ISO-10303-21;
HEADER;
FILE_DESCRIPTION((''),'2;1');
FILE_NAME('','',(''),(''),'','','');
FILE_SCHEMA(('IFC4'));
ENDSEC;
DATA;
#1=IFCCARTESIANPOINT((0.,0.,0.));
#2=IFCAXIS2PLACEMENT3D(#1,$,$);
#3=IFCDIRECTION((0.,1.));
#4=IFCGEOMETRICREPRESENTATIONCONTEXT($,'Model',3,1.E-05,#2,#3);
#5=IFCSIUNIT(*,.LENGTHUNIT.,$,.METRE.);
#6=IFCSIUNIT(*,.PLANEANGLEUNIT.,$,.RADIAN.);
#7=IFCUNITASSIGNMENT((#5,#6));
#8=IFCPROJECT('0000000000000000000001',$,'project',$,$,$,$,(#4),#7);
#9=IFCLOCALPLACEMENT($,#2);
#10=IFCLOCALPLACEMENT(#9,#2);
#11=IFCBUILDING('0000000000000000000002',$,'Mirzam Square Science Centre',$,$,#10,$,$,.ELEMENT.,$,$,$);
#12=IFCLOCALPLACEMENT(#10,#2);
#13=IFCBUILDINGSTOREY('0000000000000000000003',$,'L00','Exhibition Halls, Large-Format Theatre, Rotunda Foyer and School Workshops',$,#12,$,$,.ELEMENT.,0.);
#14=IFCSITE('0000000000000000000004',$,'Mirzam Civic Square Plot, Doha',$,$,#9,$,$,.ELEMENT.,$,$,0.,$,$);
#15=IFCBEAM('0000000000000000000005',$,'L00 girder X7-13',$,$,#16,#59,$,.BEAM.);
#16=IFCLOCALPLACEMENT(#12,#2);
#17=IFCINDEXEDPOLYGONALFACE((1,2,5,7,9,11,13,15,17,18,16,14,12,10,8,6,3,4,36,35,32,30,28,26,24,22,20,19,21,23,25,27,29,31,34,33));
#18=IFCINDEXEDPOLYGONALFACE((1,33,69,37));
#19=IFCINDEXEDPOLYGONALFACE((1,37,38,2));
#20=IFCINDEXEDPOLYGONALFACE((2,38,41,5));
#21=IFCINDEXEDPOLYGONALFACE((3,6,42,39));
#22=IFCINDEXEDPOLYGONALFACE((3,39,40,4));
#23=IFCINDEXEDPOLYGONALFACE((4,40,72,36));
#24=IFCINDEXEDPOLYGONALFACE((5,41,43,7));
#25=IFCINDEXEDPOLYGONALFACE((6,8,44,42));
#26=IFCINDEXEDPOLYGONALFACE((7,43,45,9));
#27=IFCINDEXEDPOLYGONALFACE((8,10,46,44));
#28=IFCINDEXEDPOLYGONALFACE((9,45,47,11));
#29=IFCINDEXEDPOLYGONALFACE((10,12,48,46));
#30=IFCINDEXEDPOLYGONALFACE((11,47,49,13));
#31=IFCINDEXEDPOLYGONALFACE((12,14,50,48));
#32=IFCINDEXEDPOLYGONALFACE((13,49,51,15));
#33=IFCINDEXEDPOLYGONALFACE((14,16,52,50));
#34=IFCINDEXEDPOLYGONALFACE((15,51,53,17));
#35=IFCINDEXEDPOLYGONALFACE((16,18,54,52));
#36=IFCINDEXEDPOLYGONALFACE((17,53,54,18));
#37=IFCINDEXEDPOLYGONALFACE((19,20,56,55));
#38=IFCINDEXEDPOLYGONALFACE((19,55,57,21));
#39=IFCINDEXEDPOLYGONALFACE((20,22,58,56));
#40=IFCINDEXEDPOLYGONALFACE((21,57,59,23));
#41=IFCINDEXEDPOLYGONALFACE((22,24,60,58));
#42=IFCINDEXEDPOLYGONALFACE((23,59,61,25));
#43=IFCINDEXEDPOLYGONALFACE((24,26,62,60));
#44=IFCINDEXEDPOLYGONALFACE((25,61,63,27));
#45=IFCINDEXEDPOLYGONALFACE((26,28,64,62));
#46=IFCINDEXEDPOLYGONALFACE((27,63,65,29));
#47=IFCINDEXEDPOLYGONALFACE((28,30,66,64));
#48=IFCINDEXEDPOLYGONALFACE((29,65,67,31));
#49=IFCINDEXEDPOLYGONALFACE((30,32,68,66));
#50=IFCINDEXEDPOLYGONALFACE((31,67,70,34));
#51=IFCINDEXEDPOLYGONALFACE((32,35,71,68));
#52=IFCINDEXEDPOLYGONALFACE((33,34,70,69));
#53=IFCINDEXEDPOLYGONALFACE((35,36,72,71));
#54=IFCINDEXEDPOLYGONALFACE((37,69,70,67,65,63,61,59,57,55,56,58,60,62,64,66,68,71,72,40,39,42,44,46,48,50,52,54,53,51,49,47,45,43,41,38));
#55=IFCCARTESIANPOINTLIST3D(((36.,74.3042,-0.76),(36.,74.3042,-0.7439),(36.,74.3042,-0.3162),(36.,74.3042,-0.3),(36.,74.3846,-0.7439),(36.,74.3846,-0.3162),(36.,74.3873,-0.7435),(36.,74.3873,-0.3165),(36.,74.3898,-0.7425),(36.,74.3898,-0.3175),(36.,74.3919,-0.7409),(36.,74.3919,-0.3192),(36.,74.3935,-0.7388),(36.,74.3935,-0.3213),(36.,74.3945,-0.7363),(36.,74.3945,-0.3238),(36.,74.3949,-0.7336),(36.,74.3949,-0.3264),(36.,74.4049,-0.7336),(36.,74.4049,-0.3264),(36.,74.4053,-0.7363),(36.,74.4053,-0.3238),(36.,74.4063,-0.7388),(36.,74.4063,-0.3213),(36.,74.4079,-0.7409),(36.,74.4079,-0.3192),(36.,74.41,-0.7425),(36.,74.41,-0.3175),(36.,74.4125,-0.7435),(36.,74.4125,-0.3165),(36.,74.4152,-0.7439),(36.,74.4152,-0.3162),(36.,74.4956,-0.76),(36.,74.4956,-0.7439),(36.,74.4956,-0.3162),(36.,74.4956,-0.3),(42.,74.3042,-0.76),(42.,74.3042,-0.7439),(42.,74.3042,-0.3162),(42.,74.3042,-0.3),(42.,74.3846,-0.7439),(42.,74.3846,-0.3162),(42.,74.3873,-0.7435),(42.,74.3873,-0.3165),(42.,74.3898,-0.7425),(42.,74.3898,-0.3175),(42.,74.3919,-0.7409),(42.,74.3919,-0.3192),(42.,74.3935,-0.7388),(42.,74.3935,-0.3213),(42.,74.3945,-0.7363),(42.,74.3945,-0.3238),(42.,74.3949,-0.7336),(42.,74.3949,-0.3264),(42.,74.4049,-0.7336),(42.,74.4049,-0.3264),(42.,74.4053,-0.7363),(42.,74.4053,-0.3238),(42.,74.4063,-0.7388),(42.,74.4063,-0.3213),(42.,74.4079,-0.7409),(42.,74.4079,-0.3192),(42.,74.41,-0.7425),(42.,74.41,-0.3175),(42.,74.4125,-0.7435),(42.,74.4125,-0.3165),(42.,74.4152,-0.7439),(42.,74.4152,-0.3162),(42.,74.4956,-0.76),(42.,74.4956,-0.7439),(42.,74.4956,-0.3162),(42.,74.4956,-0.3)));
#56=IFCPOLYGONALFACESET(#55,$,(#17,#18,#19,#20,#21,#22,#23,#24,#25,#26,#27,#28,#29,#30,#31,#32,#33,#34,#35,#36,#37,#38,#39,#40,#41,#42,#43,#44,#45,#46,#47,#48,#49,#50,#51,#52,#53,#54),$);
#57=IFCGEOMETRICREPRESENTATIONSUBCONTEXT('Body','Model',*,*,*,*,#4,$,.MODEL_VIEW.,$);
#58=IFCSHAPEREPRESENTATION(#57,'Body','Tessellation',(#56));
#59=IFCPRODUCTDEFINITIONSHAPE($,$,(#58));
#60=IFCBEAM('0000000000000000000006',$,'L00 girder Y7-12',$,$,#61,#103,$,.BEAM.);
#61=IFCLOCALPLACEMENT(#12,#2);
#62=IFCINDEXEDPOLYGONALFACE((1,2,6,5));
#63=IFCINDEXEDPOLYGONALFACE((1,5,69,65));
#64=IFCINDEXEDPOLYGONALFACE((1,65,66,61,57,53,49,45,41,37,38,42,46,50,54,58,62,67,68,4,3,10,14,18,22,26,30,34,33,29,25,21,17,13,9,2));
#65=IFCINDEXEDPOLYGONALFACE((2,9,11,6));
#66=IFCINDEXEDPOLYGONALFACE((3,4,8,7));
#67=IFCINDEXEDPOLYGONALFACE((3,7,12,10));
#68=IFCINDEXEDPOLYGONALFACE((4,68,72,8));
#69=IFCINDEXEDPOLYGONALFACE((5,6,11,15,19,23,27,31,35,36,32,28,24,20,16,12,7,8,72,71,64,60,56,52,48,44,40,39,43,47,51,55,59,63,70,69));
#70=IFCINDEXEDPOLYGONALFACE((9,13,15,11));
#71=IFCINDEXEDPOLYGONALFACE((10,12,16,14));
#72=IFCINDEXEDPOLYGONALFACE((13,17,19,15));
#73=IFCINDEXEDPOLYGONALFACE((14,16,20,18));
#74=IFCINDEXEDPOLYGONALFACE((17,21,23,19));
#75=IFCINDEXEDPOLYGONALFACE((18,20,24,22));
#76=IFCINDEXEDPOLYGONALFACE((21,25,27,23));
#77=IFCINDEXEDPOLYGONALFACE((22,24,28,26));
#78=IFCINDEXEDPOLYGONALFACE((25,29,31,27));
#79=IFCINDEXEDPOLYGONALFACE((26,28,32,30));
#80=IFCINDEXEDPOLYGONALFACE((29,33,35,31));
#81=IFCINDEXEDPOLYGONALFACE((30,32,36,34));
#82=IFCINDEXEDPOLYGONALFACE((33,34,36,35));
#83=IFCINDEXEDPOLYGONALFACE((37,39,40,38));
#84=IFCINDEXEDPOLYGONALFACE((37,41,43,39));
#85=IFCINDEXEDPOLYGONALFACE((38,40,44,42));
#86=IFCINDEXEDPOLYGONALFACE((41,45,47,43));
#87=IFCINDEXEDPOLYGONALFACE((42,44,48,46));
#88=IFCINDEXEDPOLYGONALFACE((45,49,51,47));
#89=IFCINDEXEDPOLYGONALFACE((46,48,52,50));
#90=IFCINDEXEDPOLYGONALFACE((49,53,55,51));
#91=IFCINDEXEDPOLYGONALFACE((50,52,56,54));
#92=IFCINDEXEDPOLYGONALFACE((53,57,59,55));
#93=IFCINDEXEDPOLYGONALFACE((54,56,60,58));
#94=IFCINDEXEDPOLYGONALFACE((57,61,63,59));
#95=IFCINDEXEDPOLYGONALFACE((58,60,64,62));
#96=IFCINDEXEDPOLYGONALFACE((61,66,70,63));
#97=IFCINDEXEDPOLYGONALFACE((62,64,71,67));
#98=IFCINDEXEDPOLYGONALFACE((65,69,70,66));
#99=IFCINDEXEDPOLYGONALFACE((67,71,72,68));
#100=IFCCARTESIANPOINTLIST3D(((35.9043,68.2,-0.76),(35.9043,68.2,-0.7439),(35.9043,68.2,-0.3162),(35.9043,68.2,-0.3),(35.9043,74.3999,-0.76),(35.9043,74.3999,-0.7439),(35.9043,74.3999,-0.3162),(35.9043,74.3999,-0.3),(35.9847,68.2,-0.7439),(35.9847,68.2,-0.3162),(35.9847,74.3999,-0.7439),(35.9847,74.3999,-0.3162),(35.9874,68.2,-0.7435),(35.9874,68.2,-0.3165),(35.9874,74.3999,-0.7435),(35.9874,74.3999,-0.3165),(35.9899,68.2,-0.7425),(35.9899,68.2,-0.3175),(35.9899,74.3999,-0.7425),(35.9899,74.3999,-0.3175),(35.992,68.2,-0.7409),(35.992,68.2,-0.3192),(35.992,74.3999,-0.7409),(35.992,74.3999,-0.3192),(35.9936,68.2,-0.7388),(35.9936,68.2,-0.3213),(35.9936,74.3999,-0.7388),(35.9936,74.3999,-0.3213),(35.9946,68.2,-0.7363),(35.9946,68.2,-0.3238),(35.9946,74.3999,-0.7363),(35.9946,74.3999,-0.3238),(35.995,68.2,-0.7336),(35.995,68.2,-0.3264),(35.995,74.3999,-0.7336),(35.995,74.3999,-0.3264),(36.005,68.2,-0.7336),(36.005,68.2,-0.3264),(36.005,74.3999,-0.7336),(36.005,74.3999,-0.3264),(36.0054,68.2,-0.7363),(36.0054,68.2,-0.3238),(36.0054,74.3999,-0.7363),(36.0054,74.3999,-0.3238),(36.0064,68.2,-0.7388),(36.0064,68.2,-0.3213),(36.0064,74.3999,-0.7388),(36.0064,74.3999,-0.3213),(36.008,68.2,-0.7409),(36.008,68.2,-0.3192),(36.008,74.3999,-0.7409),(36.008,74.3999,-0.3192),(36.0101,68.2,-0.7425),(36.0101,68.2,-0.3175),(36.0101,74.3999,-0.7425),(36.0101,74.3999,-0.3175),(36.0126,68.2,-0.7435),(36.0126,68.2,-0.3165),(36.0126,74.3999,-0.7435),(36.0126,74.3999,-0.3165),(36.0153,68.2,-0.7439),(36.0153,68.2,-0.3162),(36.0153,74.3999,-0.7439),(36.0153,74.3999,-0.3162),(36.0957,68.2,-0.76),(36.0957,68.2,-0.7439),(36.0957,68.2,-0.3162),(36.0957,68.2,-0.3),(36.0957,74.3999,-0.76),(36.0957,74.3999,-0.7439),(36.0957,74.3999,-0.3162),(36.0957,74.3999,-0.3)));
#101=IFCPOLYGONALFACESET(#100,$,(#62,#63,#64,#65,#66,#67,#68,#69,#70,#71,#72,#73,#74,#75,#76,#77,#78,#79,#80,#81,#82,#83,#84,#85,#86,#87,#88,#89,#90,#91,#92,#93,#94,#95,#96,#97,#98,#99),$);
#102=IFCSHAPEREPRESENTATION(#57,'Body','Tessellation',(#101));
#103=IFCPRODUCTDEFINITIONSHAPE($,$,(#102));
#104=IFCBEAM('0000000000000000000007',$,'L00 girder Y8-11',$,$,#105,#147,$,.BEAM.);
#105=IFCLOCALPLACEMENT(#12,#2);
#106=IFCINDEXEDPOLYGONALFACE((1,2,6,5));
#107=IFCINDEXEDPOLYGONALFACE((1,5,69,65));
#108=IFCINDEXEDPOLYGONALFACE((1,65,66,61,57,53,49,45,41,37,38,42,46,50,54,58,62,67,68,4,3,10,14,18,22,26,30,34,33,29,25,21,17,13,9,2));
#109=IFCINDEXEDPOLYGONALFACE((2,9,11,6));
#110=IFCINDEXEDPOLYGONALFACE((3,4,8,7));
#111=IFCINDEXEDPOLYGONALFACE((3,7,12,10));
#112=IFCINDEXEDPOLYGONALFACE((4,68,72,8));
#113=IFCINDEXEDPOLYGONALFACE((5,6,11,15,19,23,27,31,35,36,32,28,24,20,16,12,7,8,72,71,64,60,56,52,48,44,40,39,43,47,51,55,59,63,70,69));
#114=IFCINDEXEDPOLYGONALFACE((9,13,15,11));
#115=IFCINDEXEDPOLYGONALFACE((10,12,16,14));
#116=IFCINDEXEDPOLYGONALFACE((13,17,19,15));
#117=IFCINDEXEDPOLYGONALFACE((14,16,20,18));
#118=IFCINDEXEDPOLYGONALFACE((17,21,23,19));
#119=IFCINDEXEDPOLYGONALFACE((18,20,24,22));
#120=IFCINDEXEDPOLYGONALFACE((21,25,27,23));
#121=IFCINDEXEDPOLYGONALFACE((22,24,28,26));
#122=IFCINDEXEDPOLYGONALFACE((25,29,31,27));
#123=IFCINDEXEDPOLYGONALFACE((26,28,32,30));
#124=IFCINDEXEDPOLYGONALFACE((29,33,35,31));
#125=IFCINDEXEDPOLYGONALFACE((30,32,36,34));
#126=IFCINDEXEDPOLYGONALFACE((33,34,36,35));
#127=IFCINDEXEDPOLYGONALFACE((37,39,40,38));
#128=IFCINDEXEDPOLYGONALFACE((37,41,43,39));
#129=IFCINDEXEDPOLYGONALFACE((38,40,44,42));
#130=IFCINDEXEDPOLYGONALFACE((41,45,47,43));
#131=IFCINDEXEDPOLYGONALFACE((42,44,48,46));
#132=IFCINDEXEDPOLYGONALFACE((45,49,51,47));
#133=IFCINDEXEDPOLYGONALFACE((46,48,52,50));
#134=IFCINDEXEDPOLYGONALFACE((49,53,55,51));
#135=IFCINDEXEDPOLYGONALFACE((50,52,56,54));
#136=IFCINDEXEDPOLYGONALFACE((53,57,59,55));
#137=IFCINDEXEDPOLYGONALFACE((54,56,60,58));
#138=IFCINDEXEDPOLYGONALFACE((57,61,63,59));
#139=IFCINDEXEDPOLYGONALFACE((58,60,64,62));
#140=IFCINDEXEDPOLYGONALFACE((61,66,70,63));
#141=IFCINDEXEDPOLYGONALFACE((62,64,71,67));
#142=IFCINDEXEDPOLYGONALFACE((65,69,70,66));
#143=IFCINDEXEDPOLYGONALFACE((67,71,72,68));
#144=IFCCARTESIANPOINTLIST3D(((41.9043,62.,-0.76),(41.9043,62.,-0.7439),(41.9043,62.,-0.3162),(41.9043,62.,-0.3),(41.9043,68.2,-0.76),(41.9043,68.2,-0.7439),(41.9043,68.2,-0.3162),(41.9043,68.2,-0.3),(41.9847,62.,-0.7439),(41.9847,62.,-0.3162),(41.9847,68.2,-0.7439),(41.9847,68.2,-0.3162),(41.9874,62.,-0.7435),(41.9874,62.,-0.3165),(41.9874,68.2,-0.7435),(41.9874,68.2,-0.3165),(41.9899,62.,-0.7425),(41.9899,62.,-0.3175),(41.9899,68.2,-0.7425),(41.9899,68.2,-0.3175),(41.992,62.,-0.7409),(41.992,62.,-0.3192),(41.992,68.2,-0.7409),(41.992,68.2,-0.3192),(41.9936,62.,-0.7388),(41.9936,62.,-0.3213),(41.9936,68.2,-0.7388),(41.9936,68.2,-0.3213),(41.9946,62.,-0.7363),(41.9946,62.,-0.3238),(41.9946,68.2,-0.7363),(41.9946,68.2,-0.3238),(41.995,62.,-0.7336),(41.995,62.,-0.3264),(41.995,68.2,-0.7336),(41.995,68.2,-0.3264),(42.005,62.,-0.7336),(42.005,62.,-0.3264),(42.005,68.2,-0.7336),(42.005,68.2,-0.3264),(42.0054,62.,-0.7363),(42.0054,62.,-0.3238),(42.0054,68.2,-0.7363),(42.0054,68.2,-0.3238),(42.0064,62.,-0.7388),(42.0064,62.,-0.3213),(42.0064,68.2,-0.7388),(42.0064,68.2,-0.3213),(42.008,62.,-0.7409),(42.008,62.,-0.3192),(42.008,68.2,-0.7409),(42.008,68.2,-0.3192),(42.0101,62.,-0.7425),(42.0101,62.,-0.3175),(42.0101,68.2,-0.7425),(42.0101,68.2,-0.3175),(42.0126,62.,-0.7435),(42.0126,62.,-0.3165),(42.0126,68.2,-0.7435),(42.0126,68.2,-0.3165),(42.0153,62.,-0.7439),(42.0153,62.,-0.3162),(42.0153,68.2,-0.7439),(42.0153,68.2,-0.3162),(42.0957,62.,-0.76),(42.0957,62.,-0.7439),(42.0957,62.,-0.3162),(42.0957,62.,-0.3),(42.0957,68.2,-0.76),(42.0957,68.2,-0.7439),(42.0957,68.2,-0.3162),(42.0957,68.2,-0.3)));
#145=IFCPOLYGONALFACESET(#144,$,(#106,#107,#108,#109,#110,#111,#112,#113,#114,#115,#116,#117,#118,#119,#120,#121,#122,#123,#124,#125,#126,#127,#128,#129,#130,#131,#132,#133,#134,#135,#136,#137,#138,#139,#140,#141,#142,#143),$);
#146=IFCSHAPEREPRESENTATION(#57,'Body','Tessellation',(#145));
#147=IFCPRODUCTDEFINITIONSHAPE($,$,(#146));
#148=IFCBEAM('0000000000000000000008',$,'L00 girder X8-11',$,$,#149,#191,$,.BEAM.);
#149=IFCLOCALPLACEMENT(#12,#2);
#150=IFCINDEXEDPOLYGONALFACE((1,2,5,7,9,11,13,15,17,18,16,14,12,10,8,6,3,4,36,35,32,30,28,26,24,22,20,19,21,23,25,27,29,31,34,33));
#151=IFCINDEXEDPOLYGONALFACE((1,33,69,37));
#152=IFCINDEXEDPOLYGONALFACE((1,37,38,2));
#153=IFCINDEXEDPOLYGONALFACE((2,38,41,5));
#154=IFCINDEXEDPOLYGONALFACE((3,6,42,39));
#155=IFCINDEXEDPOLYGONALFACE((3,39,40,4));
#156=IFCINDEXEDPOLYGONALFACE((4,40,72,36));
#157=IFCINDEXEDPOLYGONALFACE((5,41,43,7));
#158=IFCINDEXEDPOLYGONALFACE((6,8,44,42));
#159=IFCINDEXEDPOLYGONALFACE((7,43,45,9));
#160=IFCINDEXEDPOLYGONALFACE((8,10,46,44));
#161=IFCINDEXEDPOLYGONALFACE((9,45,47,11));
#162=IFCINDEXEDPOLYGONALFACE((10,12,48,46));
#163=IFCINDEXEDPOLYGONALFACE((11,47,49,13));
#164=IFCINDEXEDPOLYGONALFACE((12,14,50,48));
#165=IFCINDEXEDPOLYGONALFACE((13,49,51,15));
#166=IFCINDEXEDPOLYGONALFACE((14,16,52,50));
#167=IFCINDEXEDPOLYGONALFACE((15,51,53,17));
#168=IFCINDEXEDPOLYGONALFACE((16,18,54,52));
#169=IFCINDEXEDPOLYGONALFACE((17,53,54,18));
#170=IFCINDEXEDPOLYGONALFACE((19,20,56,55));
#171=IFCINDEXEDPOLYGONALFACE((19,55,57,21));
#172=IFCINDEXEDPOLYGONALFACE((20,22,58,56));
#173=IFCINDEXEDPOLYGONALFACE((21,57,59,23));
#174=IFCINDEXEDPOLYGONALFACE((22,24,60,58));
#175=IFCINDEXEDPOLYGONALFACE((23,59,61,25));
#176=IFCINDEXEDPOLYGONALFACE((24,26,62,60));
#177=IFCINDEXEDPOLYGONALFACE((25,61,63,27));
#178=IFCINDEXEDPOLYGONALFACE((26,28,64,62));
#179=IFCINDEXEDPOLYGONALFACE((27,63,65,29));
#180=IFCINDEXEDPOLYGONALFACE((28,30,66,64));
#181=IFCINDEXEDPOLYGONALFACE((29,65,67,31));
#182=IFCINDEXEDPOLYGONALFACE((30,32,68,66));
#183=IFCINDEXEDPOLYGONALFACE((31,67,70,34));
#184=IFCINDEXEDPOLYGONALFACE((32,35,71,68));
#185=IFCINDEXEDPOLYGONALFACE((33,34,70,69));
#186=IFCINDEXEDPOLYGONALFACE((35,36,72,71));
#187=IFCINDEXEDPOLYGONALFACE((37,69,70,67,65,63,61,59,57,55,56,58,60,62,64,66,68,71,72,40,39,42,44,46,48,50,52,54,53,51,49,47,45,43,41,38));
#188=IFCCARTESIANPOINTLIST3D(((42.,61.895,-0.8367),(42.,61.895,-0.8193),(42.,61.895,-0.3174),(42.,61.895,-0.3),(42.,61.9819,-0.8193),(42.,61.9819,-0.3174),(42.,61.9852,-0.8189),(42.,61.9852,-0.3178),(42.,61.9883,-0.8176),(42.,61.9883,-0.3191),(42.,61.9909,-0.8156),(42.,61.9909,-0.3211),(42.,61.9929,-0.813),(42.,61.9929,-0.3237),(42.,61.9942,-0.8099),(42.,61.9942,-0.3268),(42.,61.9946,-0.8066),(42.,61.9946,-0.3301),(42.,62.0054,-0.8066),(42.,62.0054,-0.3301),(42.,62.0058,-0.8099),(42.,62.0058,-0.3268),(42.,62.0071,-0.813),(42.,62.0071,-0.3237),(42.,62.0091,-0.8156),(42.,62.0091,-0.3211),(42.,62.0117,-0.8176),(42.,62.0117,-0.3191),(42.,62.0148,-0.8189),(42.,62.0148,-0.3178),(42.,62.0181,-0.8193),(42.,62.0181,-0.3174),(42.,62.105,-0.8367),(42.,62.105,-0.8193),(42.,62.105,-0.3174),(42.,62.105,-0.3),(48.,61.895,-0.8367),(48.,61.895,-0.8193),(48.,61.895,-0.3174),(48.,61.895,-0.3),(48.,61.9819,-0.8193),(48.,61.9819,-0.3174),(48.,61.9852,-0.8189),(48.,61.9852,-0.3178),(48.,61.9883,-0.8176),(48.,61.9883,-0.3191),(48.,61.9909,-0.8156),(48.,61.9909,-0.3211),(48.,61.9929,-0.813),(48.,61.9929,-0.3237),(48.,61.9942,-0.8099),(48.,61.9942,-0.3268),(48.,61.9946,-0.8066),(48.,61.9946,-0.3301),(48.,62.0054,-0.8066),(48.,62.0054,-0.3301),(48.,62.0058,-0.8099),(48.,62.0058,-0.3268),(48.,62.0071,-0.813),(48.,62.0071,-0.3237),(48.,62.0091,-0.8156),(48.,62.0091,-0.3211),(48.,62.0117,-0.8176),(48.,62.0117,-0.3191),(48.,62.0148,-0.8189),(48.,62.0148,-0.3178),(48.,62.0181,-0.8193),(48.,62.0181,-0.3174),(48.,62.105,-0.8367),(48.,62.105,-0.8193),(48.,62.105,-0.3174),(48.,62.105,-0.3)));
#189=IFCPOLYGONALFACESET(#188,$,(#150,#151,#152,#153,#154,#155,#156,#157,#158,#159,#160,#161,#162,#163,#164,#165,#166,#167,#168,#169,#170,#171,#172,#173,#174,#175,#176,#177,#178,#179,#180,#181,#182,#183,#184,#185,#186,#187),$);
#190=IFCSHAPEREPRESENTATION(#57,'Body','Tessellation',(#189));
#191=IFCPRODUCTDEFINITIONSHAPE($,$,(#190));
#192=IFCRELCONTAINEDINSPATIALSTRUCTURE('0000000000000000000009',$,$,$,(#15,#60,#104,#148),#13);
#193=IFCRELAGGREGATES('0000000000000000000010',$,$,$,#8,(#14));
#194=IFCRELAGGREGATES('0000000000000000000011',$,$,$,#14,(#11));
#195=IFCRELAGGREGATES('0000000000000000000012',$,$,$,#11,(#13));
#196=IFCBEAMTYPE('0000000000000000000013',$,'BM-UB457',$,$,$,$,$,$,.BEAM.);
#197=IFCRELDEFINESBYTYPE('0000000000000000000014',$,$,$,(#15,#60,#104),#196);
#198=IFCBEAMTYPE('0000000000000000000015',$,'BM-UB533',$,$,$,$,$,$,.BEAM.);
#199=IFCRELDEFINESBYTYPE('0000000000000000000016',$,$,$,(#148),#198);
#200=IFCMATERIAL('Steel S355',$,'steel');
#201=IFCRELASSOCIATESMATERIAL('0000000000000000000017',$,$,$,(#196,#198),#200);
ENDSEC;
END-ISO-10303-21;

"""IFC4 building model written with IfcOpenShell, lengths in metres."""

from ifc_helpers import new_model, si_unit, direction, frame, origin, origin_2d, place, context, subcontext, project, spatial, i_section, extrude, material, material_profile, profile_set, type_object, element, save


model = new_model("IFC4")

# Units and contexts
model_context = context("Model", 3, precision=1e-05, world=origin(), true_north=direction((0.0, 1.0)))
body_context = subcontext(model_context, "Body", "Model", "MODEL_VIEW")
ifc_project = project(units=[si_unit("LENGTHUNIT", "METRE"), si_unit("PLANEANGLEUNIT", "RADIAN")], contexts=[model_context])

# Site, building, storey
site_placement = place(None, origin())
site = spatial("IfcSite", under=ifc_project, at=site_placement, Name="Mirzam Civic Square Plot, Doha", CompositionType="ELEMENT", RefElevation=0.0)
building_placement = place(site_placement, origin())
building = spatial("IfcBuilding", under=site, at=building_placement, Name="Mirzam Square Science Centre", CompositionType="ELEMENT")
storey_placement = place(building_placement, origin())
storey = spatial("IfcBuildingStorey", under=building, at=storey_placement, Name="L00", Description="Exhibition Halls, Large-Format Theatre, Rotunda Foyer and School Workshops", CompositionType="ELEMENT", Elevation=0.0)

# Shared definitions
ifc_material_1 = material(Name="Steel S355", Category="steel")

# Beams
ifc_material_profile_1 = material_profile(ifc_material_1, i_section(OverallWidth=0.1914, OverallDepth=0.46, WebThickness=0.01, FlangeThickness=0.0161, FilletRadius=0.0103, at=origin_2d()), Name="457x191x82UB")
ifc_profile_set_1 = profile_set([ifc_material_profile_1], Name="Steel S355")
beam_type_1 = type_object("IfcBeamType", Name="BM-UB457", PredefinedType="BEAM", material=ifc_profile_set_1)
for number, where, z_axis, x_axis, name in (
    (1, (36.0, 74.3999, -0.53), (1.0, 0.0, 0.0), (0.0, 1.0, 0.0), "L00 girder X7-13"),
):
    element("IfcBeam", number, at=place(storey_placement, frame(where, z_axis=z_axis, x_axis=x_axis)), inside=storey, type_object=beam_type_1, Name=name, PredefinedType="BEAM", context=body_context, shape_type="SweptSolid", body=[
        extrude(i_section(OverallWidth=0.1914, OverallDepth=0.46, WebThickness=0.01, FlangeThickness=0.0161, FilletRadius=0.0103, at=origin_2d()), origin(), (0.0, 0.0, 1.0), 6.0),
    ])
for number, where, z_axis, x_axis, name in (
    (2, (36.0, 68.2, -0.53), (0.0, 1.0, 0.0), (-1.0, 0.0, 0.0), "L00 girder Y7-12"),
    (3, (42.0, 62.0, -0.53), (0.0, 1.0, 0.0), (-1.0, 0.0, 0.0), "L00 girder Y8-11"),
):
    element("IfcBeam", number, at=place(storey_placement, frame(where, z_axis=z_axis, x_axis=x_axis)), inside=storey, type_object=beam_type_1, Name=name, PredefinedType="BEAM", context=body_context, shape_type="SweptSolid", body=[
        extrude(i_section(OverallWidth=0.1914, OverallDepth=0.46, WebThickness=0.01, FlangeThickness=0.0161, FilletRadius=0.0103, at=origin_2d()), origin(), (0.0, 0.0, 1.0), 6.2),
    ])
ifc_material_profile_2 = material_profile(ifc_material_1, i_section(OverallWidth=0.21, OverallDepth=0.5366, WebThickness=0.0107, FlangeThickness=0.0173, FilletRadius=0.0127, at=origin_2d()), Name="533x210x101UB")
ifc_profile_set_2 = profile_set([ifc_material_profile_2], Name="Steel S355")
beam_type_2 = type_object("IfcBeamType", Name="BM-UB533", PredefinedType="BEAM", material=ifc_profile_set_2)
for number, where, z_axis, x_axis, name in (
    (4, (42.0, 62.0, -0.5684), (1.0, 0.0, 0.0), (0.0, 1.0, 0.0), "L00 girder X8-11"),
):
    element("IfcBeam", number, at=place(storey_placement, frame(where, z_axis=z_axis, x_axis=x_axis)), inside=storey, type_object=beam_type_2, Name=name, PredefinedType="BEAM", context=body_context, shape_type="SweptSolid", body=[
        extrude(i_section(OverallWidth=0.21, OverallDepth=0.5366, WebThickness=0.0107, FlangeThickness=0.0173, FilletRadius=0.0127, at=origin_2d()), origin(), (0.0, 0.0, 1.0), 6.0),
    ])

save(model, "model.ifc")
